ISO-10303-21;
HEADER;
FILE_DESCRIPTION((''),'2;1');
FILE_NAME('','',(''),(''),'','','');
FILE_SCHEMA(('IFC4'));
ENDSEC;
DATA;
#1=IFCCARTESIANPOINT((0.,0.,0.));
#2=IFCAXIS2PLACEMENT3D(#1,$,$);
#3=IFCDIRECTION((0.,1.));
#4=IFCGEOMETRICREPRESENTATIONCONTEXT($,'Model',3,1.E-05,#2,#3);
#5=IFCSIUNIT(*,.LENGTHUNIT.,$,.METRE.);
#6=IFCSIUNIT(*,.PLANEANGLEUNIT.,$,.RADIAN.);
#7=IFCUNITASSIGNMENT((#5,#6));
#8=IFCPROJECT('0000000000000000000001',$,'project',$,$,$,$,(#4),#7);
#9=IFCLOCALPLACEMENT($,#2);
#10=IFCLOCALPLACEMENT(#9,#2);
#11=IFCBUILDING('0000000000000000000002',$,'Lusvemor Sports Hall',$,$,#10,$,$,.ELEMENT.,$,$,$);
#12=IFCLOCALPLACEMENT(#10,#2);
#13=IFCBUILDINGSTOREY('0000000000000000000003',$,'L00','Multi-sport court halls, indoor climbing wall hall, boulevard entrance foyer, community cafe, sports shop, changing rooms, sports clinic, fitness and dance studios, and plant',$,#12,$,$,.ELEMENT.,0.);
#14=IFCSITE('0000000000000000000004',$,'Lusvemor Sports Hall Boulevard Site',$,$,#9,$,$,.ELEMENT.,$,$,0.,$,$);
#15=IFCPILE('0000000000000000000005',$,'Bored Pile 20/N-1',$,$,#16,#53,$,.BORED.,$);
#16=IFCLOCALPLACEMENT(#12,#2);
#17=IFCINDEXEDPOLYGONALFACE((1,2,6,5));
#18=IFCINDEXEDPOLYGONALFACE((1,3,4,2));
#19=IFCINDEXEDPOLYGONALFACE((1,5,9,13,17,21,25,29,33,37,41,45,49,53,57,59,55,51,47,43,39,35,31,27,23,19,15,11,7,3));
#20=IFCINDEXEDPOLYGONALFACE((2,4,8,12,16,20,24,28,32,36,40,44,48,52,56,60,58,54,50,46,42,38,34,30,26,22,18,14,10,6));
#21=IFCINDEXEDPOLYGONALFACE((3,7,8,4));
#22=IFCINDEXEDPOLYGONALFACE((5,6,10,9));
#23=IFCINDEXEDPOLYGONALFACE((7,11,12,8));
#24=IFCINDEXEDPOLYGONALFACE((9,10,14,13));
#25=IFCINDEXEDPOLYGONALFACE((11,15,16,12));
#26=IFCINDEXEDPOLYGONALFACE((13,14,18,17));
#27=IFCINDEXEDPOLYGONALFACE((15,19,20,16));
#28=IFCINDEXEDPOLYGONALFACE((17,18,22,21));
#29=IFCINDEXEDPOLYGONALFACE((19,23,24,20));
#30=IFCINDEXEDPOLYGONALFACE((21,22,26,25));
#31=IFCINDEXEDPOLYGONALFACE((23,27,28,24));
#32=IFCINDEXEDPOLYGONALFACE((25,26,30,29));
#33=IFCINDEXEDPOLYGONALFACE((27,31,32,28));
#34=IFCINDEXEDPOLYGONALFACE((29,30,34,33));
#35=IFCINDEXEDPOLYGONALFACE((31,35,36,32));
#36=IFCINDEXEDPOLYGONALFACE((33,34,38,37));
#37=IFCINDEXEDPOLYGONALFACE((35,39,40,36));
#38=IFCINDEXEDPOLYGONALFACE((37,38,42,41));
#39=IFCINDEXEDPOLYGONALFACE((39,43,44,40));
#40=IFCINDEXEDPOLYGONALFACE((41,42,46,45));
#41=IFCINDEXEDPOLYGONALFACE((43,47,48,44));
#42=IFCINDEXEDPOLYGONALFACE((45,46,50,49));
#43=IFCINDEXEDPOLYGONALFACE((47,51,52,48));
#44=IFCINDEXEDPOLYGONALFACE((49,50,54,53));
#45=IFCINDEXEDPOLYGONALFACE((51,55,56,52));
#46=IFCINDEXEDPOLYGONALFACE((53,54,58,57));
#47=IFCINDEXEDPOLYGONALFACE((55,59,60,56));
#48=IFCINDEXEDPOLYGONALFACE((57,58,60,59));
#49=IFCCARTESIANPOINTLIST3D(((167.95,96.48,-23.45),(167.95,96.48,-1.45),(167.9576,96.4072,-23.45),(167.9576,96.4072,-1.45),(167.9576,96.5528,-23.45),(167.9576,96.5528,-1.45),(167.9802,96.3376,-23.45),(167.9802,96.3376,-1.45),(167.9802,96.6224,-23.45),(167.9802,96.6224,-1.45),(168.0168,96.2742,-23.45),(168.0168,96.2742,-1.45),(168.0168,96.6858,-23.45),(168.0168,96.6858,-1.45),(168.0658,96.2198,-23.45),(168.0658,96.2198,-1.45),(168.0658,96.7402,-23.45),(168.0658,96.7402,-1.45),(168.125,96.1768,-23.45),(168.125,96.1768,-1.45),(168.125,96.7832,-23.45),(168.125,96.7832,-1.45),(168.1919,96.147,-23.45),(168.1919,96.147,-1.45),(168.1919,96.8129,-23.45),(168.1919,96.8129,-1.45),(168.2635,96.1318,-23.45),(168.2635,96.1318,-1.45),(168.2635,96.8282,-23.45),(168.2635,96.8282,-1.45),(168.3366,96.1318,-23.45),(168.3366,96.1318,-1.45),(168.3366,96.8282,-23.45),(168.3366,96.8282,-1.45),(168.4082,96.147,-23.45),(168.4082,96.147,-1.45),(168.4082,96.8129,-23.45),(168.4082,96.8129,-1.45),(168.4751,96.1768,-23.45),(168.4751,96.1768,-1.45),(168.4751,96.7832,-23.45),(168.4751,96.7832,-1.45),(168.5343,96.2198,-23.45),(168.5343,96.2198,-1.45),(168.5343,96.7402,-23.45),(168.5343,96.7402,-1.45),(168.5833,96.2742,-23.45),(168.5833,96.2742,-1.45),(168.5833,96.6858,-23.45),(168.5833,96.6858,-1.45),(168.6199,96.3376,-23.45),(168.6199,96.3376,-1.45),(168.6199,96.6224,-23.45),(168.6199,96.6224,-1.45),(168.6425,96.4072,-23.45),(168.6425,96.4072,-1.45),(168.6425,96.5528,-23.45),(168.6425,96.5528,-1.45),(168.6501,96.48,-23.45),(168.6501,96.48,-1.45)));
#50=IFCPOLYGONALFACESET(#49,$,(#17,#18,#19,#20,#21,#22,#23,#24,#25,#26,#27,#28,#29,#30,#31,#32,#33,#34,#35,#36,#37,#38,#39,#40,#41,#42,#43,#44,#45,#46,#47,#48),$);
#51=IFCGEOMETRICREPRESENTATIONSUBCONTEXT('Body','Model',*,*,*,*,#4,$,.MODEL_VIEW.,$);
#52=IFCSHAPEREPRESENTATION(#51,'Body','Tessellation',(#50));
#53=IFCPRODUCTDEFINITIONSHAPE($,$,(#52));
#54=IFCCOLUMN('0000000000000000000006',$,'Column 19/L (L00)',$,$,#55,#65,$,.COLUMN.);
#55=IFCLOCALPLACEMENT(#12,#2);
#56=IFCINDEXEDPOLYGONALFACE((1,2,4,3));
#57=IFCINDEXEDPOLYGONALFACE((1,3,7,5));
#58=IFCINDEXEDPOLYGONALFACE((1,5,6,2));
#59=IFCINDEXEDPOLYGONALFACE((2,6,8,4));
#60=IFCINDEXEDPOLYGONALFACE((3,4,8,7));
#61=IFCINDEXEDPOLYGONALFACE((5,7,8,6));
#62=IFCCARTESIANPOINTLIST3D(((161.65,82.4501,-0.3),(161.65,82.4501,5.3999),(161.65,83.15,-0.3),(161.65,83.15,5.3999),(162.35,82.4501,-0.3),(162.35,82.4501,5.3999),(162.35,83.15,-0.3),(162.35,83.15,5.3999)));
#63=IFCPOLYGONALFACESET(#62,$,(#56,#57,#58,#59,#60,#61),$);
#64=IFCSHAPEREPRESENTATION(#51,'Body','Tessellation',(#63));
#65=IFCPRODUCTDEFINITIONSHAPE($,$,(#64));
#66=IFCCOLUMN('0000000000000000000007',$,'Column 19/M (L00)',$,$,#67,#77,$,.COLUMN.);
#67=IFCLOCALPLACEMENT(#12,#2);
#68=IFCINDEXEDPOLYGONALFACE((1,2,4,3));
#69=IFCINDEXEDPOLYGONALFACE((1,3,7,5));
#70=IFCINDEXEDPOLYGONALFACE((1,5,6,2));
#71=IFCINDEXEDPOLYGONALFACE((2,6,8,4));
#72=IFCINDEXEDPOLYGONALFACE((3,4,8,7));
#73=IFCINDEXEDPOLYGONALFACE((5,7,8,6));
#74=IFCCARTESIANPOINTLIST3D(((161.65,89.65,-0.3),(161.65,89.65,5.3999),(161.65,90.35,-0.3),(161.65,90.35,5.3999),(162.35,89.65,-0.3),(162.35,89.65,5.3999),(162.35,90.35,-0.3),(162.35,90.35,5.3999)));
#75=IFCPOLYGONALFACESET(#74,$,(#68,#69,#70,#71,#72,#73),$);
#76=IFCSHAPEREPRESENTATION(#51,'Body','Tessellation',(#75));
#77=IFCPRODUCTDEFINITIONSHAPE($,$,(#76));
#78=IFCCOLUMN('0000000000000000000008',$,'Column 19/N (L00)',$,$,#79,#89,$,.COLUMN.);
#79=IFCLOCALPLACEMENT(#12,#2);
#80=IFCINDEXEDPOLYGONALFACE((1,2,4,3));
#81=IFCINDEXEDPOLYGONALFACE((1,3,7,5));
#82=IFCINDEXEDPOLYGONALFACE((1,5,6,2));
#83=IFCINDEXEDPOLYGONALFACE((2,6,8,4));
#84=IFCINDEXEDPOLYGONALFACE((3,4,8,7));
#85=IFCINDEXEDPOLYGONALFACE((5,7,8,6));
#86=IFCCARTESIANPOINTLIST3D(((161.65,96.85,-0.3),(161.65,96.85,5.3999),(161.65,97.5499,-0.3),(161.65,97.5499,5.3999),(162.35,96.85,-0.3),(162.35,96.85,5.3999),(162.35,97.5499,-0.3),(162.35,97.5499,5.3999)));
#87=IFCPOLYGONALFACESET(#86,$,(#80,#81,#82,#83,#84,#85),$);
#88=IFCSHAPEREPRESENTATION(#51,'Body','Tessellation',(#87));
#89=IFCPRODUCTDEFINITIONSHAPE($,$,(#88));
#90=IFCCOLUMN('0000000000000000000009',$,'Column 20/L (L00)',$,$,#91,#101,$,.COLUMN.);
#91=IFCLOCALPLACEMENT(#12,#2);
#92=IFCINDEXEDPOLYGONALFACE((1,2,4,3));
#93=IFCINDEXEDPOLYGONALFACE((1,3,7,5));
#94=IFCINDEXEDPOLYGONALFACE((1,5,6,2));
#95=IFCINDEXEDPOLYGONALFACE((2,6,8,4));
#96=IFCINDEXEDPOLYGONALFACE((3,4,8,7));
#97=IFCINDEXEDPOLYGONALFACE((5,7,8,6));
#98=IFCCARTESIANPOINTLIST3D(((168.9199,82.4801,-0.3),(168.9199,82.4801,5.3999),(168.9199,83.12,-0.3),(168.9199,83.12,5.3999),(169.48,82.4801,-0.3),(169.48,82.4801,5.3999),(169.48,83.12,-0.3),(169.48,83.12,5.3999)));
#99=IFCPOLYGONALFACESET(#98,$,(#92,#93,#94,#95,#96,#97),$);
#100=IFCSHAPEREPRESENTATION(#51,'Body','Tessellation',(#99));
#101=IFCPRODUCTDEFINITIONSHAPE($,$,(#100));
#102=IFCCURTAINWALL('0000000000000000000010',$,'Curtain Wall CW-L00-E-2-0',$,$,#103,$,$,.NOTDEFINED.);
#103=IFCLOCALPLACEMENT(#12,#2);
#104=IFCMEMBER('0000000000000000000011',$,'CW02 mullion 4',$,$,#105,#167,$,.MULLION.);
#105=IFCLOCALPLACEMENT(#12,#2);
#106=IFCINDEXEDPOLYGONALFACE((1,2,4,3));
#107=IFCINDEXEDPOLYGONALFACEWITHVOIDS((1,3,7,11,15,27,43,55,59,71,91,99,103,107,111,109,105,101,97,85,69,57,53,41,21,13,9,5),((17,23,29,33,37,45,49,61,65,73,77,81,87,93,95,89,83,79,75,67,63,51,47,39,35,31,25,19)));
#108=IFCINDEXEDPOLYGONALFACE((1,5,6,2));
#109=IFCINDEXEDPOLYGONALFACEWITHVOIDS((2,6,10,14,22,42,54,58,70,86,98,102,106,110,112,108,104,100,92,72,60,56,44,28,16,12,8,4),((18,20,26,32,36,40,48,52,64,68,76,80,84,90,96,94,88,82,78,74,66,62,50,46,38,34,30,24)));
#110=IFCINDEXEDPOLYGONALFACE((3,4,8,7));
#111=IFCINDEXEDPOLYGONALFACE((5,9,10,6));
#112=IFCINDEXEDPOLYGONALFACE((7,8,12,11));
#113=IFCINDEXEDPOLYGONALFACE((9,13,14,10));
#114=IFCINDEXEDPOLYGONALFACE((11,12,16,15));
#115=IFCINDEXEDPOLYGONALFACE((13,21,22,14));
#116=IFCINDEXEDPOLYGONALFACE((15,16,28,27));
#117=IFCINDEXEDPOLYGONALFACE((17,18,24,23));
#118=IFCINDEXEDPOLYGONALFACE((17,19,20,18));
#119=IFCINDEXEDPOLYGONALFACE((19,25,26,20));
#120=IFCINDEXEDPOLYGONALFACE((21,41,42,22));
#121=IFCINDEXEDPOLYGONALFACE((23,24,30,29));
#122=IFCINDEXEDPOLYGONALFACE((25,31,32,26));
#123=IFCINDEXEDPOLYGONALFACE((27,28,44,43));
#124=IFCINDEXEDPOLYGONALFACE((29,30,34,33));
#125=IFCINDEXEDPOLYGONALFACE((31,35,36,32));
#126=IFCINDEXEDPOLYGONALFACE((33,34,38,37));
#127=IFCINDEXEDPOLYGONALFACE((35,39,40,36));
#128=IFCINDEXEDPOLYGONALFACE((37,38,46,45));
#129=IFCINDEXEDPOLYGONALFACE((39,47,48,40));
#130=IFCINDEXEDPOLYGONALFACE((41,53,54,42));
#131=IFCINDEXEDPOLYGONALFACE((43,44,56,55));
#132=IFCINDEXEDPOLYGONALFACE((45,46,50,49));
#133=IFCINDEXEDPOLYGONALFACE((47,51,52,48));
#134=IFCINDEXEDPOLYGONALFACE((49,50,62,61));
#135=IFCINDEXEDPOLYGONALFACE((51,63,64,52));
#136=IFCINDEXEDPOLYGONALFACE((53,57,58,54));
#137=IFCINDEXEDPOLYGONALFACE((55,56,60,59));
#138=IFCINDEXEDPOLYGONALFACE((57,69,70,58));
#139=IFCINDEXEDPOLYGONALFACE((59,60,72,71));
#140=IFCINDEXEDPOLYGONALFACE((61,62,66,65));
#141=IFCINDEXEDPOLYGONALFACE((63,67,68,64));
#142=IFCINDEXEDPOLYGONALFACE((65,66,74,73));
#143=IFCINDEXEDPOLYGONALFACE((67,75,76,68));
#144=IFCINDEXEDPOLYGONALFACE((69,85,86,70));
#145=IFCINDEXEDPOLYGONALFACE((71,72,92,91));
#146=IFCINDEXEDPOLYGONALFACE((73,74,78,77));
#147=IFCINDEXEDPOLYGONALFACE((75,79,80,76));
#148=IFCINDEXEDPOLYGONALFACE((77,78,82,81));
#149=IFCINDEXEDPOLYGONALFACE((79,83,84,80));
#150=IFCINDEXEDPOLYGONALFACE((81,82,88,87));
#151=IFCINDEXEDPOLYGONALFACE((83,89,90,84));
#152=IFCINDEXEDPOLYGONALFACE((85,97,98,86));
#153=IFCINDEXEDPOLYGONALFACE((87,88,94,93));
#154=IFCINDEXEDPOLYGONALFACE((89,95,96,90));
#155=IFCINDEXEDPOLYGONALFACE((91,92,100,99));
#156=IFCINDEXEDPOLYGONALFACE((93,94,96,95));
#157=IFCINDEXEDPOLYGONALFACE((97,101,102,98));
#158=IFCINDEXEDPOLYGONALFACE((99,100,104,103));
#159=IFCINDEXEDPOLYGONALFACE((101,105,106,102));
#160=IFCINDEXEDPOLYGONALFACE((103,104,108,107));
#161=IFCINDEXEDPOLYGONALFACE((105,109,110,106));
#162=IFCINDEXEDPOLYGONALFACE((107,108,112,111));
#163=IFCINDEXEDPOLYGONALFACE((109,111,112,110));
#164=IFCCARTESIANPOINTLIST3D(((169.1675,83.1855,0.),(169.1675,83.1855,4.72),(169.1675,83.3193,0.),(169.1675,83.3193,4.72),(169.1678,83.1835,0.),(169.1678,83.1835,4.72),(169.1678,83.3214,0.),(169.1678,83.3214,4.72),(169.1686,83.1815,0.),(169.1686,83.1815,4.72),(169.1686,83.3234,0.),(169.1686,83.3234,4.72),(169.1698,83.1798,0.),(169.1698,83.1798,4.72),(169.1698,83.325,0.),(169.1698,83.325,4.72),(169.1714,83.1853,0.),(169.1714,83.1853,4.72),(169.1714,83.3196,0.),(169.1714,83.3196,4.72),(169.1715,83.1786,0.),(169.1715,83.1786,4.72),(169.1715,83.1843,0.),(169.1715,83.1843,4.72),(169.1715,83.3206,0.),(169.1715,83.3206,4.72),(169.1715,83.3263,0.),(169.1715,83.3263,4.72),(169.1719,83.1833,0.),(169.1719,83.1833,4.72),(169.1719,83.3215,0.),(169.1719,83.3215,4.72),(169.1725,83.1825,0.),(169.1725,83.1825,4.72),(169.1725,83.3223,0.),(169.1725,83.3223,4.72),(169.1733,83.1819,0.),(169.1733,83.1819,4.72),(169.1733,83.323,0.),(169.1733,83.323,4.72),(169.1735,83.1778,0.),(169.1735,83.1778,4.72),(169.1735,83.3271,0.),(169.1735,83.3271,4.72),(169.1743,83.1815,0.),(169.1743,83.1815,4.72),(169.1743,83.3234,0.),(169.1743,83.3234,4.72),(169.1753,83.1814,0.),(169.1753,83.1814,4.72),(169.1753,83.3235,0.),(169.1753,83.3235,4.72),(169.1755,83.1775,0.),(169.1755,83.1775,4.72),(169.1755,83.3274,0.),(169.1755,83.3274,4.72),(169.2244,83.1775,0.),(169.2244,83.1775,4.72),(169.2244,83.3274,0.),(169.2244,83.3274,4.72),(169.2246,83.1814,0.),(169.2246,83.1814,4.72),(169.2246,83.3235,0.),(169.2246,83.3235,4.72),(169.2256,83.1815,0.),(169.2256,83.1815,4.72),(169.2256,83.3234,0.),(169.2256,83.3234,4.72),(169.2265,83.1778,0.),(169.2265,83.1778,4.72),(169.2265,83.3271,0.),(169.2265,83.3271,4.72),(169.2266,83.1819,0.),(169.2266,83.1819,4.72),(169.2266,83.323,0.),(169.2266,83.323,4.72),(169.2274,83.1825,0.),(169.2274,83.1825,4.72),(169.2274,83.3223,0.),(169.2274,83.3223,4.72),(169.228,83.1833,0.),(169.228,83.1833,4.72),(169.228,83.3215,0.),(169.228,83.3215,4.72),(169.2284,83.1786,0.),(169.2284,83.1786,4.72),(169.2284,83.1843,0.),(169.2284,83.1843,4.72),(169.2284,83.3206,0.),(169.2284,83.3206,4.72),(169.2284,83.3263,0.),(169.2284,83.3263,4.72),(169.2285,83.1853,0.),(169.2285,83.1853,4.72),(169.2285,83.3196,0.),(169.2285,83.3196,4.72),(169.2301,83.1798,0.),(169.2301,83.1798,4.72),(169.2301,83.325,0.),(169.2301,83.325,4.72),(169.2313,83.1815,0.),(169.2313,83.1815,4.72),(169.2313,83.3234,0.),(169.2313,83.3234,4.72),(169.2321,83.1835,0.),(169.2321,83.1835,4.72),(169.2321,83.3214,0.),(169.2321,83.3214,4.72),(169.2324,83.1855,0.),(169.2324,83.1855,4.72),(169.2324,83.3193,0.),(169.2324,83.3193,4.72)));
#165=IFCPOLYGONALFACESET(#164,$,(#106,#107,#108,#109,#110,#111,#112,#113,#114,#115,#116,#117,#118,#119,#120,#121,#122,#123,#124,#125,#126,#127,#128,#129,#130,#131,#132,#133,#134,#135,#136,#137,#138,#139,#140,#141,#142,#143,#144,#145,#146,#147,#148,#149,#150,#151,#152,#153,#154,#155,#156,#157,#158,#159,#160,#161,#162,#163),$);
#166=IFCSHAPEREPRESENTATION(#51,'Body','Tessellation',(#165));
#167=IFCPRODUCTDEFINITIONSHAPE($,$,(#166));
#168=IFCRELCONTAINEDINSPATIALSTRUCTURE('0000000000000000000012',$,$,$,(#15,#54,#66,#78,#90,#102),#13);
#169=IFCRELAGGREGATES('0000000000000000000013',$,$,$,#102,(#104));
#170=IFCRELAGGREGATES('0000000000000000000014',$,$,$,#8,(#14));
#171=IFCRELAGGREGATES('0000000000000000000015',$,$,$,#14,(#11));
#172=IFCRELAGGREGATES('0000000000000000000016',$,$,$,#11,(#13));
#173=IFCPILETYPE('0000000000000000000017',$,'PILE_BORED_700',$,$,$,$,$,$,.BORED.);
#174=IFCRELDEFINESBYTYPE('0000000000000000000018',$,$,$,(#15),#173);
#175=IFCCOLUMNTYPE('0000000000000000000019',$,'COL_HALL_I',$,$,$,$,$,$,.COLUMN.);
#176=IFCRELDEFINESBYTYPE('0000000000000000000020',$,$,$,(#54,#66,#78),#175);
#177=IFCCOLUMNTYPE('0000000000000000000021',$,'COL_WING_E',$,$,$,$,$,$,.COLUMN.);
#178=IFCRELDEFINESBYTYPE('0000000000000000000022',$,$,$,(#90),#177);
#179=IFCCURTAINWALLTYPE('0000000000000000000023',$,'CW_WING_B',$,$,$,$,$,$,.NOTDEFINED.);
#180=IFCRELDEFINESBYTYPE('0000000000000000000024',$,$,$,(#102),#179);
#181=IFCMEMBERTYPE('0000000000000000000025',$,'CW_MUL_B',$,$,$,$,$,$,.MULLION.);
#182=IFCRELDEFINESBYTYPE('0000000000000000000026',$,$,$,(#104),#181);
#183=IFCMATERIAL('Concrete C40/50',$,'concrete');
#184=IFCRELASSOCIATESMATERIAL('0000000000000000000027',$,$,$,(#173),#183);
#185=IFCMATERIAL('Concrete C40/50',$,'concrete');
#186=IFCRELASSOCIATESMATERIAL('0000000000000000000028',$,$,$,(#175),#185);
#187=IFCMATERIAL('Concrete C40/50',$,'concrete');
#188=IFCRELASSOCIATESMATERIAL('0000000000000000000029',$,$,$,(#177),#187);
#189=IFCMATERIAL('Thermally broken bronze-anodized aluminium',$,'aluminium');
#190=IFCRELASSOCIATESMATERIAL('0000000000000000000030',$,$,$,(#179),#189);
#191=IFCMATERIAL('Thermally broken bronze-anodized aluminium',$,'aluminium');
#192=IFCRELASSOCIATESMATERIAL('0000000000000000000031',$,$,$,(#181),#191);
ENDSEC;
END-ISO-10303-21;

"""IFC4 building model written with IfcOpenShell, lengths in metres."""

from ifc_helpers import new_model, si_unit, direction, frame, origin, origin_2d, place, context, subcontext, project, spatial, rectangle, hollow_rectangle, circle, extrude, material, material_profile, profile_set, type_object, element, aggregate, save


model = new_model("IFC4")

# Units and contexts
model_context = context("Model", 3, precision=1e-05, world=origin(), true_north=direction((0.0, 1.0)))
body_context = subcontext(model_context, "Body", "Model", "MODEL_VIEW")
ifc_project = project(units=[si_unit("LENGTHUNIT", "METRE"), si_unit("PLANEANGLEUNIT", "RADIAN")], contexts=[model_context])

# Site, building, storey
site_placement = place(None, origin())
site = spatial("IfcSite", under=ifc_project, at=site_placement, Name="Lusvemor Sports Hall Boulevard Site", CompositionType="ELEMENT", RefElevation=0.0)
building_placement = place(site_placement, origin())
building = spatial("IfcBuilding", under=site, at=building_placement, Name="Lusvemor Sports Hall", CompositionType="ELEMENT")
storey_placement = place(building_placement, origin())
storey = spatial("IfcBuildingStorey", under=building, at=storey_placement, Name="L00", Description="Multi-sport court halls, indoor climbing wall hall, boulevard entrance foyer, community cafe, sports shop, changing rooms, sports clinic, fitness and dance studios, and plant", CompositionType="ELEMENT", Elevation=0.0)

# Pile
ifc_material_1 = material(Name="Concrete C40/50", Category="concrete")
ifc_material_profile_1 = material_profile(ifc_material_1, circle(Radius=0.3501, at=origin_2d()), Name="PILE700")
ifc_profile_set_1 = profile_set([ifc_material_profile_1], Name="Concrete C40/50")
pile_type = type_object("IfcPileType", Name="PILE_BORED_700", PredefinedType="BORED", material=ifc_profile_set_1)
for number, where, z_axis, x_axis, name in (
    (1, (168.3, 96.48, -1.45), (0.0, 0.0, -1.0), (1.0, 0.0, 0.0), "Bored Pile 20/N-1"),
):
    element("IfcPile", number, at=place(storey_placement, frame(where, z_axis=z_axis, x_axis=x_axis)), inside=storey, type_object=pile_type, Name=name, PredefinedType="BORED", context=body_context, shape_type="SweptSolid", body=[
        extrude(circle(Radius=0.3501, at=origin_2d()), origin(), (0.0, 0.0, 1.0), 22.0),
    ])

# Columns
ifc_material_2 = material(Name="Concrete C40/50", Category="concrete")
ifc_material_profile_2 = material_profile(ifc_material_2, rectangle(XDim=0.7, YDim=0.7, at=origin_2d()), Name="RC700x700")
ifc_profile_set_2 = profile_set([ifc_material_profile_2], Name="Concrete C40/50")
column_type_1 = type_object("IfcColumnType", Name="COL_HALL_I", PredefinedType="COLUMN", material=ifc_profile_set_2)
for number, where, z_axis, x_axis, name in (
    (2, (162.0, 82.8, -0.3), (0.0, 0.0, 1.0), (1.0, 0.0, 0.0), "Column 19/L (L00)"),
    (3, (162.0, 90.0, -0.3), (0.0, 0.0, 1.0), (1.0, 0.0, 0.0), "Column 19/M (L00)"),
    (4, (162.0, 97.2, -0.3), (0.0, 0.0, 1.0), (1.0, 0.0, 0.0), "Column 19/N (L00)"),
):
    element("IfcColumn", number, at=place(storey_placement, frame(where, z_axis=z_axis, x_axis=x_axis)), inside=storey, type_object=column_type_1, Name=name, PredefinedType="COLUMN", context=body_context, shape_type="SweptSolid", body=[
        extrude(rectangle(XDim=0.7, YDim=0.7, at=origin_2d()), origin(), (0.0, 0.0, 1.0), 5.7),
    ])
ifc_material_3 = material(Name="Concrete C40/50", Category="concrete")
ifc_material_profile_3 = material_profile(ifc_material_3, rectangle(XDim=0.5601, YDim=0.6399, at=origin_2d()), Name="RC560x640")
ifc_profile_set_3 = profile_set([ifc_material_profile_3], Name="Concrete C40/50")
column_type_2 = type_object("IfcColumnType", Name="COL_WING_E", PredefinedType="COLUMN", material=ifc_profile_set_3)
column_placement = place(storey_placement, frame((169.2, 82.8, -0.3), z_axis=(0.0, 0.0, 1.0), x_axis=(1.0, 0.0, 0.0)))
element("IfcColumn", 5, at=column_placement, inside=storey, type_object=column_type_2, Name="Column 20/L (L00)", PredefinedType="COLUMN", context=body_context, shape_type="SweptSolid", body=[
    extrude(rectangle(XDim=0.5601, YDim=0.6399, at=origin_2d()), origin(), (0.0, 0.0, 1.0), 5.7),
])

# Curtain wall, member
ifc_material_4 = material(Name="Thermally broken bronze-anodized aluminium", Category="aluminium")
curtain_wall_type = type_object("IfcCurtainWallType", Name="CW_WING_B", PredefinedType="NOTDEFINED", material=ifc_material_4)
curtain_wall_placement = place(storey_placement, origin())
curtain_wall = element("IfcCurtainWall", 6, at=curtain_wall_placement, inside=storey, type_object=curtain_wall_type, Name="Curtain Wall CW-L00-E-2-0", PredefinedType="NOTDEFINED")
ifc_material_5 = material(Name="Thermally broken bronze-anodized aluminium", Category="aluminium")
ifc_material_profile_4 = material_profile(ifc_material_5, hollow_rectangle(XDim=0.0649, YDim=0.1499, WallThickness=0.0039, InnerFilletRadius=0.0039, OuterFilletRadius=0.0081, at=origin_2d()), Name="CWMUL150x65x4")
ifc_profile_set_4 = profile_set([ifc_material_profile_4], Name="Thermally broken bronze-anodized aluminium")
member_type = type_object("IfcMemberType", Name="CW_MUL_B", PredefinedType="MULLION", material=ifc_profile_set_4)
member_placement = place(storey_placement, frame((169.2, 83.2524, 0.0), z_axis=(0.0, 0.0, 1.0), x_axis=(1.0, 0.0, 0.0)))
member = element("IfcMember", 7, at=member_placement, type_object=member_type, Name="CW02 mullion 4", PredefinedType="MULLION", context=body_context, shape_type="SweptSolid", body=[
    extrude(hollow_rectangle(XDim=0.0649, YDim=0.1499, WallThickness=0.0039, InnerFilletRadius=0.0039, OuterFilletRadius=0.0081, at=origin_2d()), origin(), (0.0, 0.0, 1.0), 4.72),
])
aggregate(curtain_wall, [member])

save(model, "model.ifc")
